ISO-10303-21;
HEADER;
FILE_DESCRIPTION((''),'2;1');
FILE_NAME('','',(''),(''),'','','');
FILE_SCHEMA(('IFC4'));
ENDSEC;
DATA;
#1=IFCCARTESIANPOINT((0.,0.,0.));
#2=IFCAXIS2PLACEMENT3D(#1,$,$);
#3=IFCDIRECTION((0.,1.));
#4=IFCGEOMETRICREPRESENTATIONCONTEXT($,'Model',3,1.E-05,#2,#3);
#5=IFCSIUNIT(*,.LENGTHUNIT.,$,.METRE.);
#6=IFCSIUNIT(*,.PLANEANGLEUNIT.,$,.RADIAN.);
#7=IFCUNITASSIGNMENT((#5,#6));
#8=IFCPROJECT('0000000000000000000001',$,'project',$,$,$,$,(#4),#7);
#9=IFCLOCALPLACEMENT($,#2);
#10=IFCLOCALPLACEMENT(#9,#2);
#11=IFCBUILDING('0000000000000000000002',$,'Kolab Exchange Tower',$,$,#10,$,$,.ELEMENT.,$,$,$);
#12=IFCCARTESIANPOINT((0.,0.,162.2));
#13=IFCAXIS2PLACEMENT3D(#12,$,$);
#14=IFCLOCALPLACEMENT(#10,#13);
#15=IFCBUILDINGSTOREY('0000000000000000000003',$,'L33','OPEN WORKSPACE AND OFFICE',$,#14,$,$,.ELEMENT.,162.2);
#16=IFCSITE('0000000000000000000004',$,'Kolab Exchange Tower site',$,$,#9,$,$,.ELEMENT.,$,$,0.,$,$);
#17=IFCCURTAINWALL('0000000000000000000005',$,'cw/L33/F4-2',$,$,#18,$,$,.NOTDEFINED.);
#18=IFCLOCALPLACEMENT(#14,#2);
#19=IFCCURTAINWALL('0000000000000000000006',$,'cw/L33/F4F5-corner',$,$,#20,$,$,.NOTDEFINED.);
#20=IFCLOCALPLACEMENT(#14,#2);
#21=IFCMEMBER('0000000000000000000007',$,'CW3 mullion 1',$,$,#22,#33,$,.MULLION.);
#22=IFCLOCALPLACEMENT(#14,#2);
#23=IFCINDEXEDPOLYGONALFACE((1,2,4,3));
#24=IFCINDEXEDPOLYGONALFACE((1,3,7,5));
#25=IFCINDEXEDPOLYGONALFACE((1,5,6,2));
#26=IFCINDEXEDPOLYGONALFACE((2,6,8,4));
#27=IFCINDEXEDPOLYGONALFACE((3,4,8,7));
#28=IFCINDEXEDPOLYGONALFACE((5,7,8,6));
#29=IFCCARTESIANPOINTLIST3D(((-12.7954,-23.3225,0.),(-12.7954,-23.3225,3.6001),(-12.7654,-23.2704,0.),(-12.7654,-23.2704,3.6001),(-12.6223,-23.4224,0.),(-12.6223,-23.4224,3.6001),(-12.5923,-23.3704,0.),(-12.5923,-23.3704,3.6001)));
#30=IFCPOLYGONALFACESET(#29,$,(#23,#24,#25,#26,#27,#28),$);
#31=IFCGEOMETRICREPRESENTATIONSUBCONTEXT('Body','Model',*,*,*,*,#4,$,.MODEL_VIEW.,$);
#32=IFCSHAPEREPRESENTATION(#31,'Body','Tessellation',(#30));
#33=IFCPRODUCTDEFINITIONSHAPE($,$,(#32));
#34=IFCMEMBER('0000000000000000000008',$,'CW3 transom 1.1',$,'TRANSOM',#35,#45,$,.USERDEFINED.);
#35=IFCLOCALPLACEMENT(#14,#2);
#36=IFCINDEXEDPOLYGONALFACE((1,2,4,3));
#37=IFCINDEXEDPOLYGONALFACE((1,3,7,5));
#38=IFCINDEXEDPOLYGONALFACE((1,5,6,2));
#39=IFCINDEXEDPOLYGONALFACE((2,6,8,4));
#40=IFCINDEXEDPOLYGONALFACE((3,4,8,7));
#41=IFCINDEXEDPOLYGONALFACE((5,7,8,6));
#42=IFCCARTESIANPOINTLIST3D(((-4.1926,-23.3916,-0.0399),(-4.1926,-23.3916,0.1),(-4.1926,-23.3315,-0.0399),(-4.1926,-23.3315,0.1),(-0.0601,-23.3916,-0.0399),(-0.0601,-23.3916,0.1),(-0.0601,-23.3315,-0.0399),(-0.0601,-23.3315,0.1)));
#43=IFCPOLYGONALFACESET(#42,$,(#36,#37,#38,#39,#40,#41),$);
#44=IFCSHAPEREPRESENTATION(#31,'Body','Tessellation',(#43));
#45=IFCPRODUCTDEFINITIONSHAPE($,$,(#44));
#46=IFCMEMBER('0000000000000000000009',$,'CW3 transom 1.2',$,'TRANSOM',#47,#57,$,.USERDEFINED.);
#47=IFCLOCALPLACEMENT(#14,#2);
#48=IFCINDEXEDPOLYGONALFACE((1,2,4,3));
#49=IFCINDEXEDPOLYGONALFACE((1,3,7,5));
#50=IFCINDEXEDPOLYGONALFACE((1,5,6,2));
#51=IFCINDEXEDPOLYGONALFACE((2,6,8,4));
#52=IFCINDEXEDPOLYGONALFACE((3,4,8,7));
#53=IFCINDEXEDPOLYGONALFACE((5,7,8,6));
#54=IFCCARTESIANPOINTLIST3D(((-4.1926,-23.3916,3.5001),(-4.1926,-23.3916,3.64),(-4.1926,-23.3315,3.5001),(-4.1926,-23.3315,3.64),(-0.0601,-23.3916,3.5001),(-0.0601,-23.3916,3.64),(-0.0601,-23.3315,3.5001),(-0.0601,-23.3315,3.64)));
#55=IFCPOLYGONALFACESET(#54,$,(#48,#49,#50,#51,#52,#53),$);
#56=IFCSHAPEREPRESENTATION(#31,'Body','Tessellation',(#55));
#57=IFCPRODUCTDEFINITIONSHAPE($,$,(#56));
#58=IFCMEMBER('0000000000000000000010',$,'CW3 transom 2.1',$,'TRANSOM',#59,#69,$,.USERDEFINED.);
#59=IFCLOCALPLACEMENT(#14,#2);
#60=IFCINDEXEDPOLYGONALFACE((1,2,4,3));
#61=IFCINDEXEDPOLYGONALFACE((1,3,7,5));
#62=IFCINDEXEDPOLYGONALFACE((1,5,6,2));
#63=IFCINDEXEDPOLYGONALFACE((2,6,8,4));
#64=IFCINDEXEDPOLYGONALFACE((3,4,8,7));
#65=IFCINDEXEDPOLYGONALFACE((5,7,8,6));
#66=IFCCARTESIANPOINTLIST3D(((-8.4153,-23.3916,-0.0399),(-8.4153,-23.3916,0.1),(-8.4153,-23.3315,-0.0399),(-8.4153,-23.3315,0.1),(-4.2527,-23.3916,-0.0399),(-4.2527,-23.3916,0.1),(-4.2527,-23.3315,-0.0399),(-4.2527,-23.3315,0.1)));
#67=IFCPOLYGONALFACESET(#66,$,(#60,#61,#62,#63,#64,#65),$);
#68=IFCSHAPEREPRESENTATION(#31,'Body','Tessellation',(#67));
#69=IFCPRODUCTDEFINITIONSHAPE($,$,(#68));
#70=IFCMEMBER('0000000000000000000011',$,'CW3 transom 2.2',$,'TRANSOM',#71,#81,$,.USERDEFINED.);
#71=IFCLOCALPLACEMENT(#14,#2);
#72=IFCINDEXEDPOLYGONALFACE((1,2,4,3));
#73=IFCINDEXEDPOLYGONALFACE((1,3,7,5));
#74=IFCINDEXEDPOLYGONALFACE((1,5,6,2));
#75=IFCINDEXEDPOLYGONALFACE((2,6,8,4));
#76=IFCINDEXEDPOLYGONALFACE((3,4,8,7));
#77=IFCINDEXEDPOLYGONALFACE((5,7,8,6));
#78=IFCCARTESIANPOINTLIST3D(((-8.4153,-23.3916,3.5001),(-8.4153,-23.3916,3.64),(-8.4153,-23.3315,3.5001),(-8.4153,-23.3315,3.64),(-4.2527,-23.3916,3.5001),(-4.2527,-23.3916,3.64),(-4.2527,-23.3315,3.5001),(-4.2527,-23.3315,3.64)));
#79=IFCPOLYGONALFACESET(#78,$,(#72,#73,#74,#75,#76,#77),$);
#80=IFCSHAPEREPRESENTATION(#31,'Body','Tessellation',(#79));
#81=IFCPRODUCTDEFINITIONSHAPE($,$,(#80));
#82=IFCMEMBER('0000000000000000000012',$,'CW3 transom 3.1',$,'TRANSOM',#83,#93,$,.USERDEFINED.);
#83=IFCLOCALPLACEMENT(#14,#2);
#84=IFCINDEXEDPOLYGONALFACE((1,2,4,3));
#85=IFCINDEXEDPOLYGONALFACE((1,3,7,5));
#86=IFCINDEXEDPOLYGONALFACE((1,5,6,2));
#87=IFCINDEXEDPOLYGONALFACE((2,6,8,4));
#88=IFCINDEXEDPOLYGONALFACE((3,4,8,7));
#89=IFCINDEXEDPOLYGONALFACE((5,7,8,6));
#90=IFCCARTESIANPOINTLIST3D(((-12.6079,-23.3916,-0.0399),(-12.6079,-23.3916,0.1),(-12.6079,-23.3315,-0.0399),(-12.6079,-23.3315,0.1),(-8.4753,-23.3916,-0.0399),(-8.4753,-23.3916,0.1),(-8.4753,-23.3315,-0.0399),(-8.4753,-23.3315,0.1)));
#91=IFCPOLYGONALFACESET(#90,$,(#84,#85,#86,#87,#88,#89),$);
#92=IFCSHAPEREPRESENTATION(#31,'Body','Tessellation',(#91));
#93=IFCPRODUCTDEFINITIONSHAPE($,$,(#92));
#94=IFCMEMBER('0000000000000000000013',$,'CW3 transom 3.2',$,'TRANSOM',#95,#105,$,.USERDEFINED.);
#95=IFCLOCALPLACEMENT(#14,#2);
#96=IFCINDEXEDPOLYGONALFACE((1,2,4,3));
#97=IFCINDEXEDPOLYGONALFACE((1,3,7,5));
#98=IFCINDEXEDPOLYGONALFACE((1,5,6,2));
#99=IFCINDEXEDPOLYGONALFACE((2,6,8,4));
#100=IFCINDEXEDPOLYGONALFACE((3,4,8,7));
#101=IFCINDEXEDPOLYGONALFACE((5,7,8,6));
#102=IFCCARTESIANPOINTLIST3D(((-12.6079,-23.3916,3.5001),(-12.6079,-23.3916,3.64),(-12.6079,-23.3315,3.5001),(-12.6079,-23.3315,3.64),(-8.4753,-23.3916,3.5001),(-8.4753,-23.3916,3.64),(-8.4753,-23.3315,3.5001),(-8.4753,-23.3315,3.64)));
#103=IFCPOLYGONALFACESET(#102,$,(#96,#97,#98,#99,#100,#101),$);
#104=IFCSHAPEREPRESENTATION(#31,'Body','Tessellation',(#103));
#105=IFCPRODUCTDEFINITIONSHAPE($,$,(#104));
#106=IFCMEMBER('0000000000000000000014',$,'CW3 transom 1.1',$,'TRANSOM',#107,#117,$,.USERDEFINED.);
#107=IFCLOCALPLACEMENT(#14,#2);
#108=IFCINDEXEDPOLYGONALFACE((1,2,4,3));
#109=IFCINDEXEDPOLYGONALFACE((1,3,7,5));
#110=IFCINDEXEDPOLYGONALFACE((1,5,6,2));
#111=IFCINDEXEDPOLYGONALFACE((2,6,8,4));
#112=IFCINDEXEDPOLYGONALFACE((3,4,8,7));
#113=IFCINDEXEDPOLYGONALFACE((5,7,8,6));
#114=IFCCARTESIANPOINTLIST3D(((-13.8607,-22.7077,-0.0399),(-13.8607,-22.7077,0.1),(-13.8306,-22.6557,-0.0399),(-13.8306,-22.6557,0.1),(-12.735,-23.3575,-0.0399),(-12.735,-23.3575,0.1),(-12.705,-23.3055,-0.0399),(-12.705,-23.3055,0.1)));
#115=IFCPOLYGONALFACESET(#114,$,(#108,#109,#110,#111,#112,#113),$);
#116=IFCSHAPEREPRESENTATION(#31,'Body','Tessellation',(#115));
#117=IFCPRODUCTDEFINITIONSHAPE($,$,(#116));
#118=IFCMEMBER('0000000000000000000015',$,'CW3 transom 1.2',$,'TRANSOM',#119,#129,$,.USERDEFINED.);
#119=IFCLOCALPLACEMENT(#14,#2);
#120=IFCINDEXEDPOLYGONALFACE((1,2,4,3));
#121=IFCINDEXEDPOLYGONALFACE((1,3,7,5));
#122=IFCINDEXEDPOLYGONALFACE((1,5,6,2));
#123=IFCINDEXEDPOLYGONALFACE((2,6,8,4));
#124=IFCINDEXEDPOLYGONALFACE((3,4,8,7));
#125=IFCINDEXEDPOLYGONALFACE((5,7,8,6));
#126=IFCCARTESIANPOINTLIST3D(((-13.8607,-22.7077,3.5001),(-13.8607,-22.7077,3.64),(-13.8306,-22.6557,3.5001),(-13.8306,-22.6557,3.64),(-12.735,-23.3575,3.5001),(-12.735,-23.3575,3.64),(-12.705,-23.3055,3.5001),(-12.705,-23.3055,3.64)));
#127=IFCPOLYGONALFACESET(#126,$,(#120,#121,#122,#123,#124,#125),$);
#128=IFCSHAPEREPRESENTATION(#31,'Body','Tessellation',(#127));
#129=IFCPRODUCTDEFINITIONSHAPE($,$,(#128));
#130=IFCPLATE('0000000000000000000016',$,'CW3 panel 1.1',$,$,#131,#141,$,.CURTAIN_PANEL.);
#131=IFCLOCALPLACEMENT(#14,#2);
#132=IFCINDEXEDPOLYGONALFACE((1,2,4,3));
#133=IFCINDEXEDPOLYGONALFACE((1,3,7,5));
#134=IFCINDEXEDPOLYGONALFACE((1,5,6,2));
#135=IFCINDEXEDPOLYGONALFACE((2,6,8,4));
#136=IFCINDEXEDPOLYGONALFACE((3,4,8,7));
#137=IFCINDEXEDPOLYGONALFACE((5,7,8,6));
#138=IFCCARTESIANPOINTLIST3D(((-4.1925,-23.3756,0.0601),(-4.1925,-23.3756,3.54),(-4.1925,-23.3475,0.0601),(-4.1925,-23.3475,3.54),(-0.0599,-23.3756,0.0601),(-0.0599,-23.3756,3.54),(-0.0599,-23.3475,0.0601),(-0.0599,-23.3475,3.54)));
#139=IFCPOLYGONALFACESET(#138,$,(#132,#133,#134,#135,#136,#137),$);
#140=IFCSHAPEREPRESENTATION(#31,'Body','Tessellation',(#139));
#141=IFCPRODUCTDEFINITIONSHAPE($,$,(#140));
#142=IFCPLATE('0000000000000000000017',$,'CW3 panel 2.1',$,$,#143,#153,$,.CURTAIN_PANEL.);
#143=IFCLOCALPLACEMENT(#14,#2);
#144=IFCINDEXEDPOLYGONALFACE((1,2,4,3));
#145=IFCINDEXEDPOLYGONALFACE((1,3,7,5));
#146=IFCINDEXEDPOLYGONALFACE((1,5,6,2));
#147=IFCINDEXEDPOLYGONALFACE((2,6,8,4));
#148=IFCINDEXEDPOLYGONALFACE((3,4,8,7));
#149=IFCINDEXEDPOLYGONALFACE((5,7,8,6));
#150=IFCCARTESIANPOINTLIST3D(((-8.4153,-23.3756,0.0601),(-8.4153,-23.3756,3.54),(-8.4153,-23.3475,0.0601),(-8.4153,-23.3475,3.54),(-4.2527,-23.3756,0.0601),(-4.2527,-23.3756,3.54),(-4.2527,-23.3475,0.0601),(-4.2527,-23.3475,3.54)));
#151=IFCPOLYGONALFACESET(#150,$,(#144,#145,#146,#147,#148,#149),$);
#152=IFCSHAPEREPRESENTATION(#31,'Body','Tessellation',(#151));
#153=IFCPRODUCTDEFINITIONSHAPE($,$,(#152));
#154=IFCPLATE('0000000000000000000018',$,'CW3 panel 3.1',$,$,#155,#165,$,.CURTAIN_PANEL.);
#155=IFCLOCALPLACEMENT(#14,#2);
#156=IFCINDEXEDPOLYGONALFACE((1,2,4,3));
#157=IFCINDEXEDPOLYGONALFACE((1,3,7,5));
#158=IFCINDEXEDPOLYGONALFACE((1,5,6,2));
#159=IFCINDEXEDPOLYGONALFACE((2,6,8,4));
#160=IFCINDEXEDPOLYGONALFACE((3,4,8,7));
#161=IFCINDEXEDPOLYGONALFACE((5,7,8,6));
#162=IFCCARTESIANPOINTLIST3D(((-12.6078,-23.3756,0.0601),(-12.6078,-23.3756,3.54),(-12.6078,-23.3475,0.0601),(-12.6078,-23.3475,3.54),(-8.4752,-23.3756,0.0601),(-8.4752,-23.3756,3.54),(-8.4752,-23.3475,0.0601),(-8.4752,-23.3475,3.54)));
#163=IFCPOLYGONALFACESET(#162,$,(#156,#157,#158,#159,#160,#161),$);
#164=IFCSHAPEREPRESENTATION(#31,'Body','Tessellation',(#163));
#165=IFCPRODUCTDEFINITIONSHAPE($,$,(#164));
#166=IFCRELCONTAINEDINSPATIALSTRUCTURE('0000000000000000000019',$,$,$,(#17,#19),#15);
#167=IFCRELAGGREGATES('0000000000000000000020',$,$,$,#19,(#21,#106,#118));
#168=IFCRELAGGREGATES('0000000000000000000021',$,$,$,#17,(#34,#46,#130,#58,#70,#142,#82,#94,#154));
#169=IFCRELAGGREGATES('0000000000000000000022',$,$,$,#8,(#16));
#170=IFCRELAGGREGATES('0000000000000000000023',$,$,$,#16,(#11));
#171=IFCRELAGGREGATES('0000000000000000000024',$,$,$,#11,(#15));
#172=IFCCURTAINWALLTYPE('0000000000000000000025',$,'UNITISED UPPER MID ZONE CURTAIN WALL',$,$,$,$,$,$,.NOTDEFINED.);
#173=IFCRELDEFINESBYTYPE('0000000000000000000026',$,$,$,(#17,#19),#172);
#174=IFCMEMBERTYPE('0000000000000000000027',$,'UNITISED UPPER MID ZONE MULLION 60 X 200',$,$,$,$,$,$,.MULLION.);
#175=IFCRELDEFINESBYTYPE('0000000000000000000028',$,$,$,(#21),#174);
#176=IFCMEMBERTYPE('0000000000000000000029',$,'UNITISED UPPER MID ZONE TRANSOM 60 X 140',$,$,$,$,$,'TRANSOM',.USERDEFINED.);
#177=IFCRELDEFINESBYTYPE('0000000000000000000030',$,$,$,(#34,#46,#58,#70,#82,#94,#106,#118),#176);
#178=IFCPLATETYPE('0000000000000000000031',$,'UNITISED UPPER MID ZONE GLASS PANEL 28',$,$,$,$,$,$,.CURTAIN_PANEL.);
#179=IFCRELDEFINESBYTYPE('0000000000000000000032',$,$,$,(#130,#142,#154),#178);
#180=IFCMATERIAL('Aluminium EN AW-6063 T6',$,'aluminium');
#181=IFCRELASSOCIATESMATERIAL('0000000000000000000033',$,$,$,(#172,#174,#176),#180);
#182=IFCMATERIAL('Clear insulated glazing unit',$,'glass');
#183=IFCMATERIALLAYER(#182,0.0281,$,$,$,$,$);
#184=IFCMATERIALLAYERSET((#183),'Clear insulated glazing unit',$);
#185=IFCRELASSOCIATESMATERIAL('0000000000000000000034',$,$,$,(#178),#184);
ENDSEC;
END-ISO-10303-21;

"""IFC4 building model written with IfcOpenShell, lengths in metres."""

from ifc_helpers import new_model, si_unit, direction, frame, origin, origin_2d, place, context, subcontext, project, spatial, rectangle, extrude, material, layer, layer_set, material_profile, profile_set, type_object, element, aggregate, save


model = new_model("IFC4")

# Units and contexts
model_context = context("Model", 3, precision=1e-05, world=origin(), true_north=direction((0.0, 1.0)))
body_context = subcontext(model_context, "Body", "Model", "MODEL_VIEW")
ifc_project = project(units=[si_unit("LENGTHUNIT", "METRE"), si_unit("PLANEANGLEUNIT", "RADIAN")], contexts=[model_context])

# Site, building, storey
site_placement = place(None, origin())
site = spatial("IfcSite", under=ifc_project, at=site_placement, Name="Kolab Exchange Tower site", CompositionType="ELEMENT", RefElevation=0.0)
building_placement = place(site_placement, origin())
building = spatial("IfcBuilding", under=site, at=building_placement, Name="Kolab Exchange Tower", CompositionType="ELEMENT")
storey_placement = place(building_placement, frame((0.0, 0.0, 162.2)))
storey = spatial("IfcBuildingStorey", under=building, at=storey_placement, Name="L33", Description="OPEN WORKSPACE AND OFFICE", CompositionType="ELEMENT", Elevation=162.2)

# Curtain wall
ifc_material_1 = material(Name="Aluminium EN AW-6063 T6", Category="aluminium")
curtain_wall_type = type_object("IfcCurtainWallType", Name="UNITISED UPPER MID ZONE CURTAIN WALL", PredefinedType="NOTDEFINED", material=ifc_material_1)
curtain_wall_1_placement = place(storey_placement, origin())
curtain_wall_1 = element("IfcCurtainWall", 1, at=curtain_wall_1_placement, inside=storey, type_object=curtain_wall_type, Name="cw/L33/F4-2", PredefinedType="NOTDEFINED")
ifc_material_profile_1 = material_profile(ifc_material_1, rectangle(XDim=0.0601, YDim=0.2, at=origin_2d()), Name="RECT 60X200")
ifc_profile_set_1 = profile_set([ifc_material_profile_1], Name="Aluminium EN AW-6063 T6")
member_type_1 = type_object("IfcMemberType", Name="UNITISED UPPER MID ZONE MULLION 60 X 200", PredefinedType="MULLION", material=ifc_profile_set_1)

# Curtain wall, member
curtain_wall_2_placement = place(storey_placement, origin())
curtain_wall_2 = element("IfcCurtainWall", 2, at=curtain_wall_2_placement, inside=storey, type_object=curtain_wall_type, Name="cw/L33/F4F5-corner", PredefinedType="NOTDEFINED")
member_1_placement = place(storey_placement, frame((-12.6938, -23.3464, 0.0), z_axis=(0.0, 0.0, 1.0), x_axis=(-0.5, -0.866025, 0.0)))
member_1 = element("IfcMember", 3, at=member_1_placement, type_object=member_type_1, Name="CW3 mullion 1", PredefinedType="MULLION", context=body_context, shape_type="SweptSolid", body=[
    extrude(rectangle(XDim=0.0601, YDim=0.2, at=origin_2d()), origin(), (0.0, 0.0, 1.0), 3.6001),
])

# Members
ifc_material_profile_2 = material_profile(ifc_material_1, rectangle(XDim=0.0601, YDim=0.1399, at=origin_2d()), Name="RECT 60X140")
ifc_profile_set_2 = profile_set([ifc_material_profile_2], Name="Aluminium EN AW-6063 T6")
member_type_2 = type_object("IfcMemberType", Name="UNITISED UPPER MID ZONE TRANSOM 60 X 140", ElementType="TRANSOM", PredefinedType="USERDEFINED", material=ifc_profile_set_2)
member_2_placement = place(storey_placement, frame((-0.0601, -23.3616, 0.03), z_axis=(-1.0, 0.0, 0.0), x_axis=(0.0, -1.0, 0.0)))
member_2 = element("IfcMember", 4, at=member_2_placement, type_object=member_type_2, Name="CW3 transom 1.1", ObjectType="TRANSOM", PredefinedType="USERDEFINED", context=body_context, shape_type="SweptSolid", body=[
    extrude(rectangle(XDim=0.0601, YDim=0.1399, at=origin_2d()), origin(), (0.0, 0.0, 1.0), 4.1326),
])
member_3_placement = place(storey_placement, frame((-0.0601, -23.3616, 3.5701), z_axis=(-1.0, 0.0, 0.0), x_axis=(0.0, -1.0, 0.0)))
member_3 = element("IfcMember", 5, at=member_3_placement, type_object=member_type_2, Name="CW3 transom 1.2", ObjectType="TRANSOM", PredefinedType="USERDEFINED", context=body_context, shape_type="SweptSolid", body=[
    extrude(rectangle(XDim=0.0601, YDim=0.1399, at=origin_2d()), origin(), (0.0, 0.0, 1.0), 4.1326),
])
member_4_placement = place(storey_placement, frame((-4.2527, -23.3616, 0.03), z_axis=(-1.0, 0.0, 0.0), x_axis=(0.0, -1.0, 0.0)))
member_4 = element("IfcMember", 6, at=member_4_placement, type_object=member_type_2, Name="CW3 transom 2.1", ObjectType="TRANSOM", PredefinedType="USERDEFINED", context=body_context, shape_type="SweptSolid", body=[
    extrude(rectangle(XDim=0.0601, YDim=0.1399, at=origin_2d()), origin(), (0.0, 0.0, 1.0), 4.1626),
])
member_5_placement = place(storey_placement, frame((-4.2527, -23.3616, 3.5701), z_axis=(-1.0, 0.0, 0.0), x_axis=(0.0, -1.0, 0.0)))
member_5 = element("IfcMember", 7, at=member_5_placement, type_object=member_type_2, Name="CW3 transom 2.2", ObjectType="TRANSOM", PredefinedType="USERDEFINED", context=body_context, shape_type="SweptSolid", body=[
    extrude(rectangle(XDim=0.0601, YDim=0.1399, at=origin_2d()), origin(), (0.0, 0.0, 1.0), 4.1626),
])
member_6_placement = place(storey_placement, frame((-8.4753, -23.3616, 0.03), z_axis=(-1.0, 0.0, 0.0), x_axis=(0.0, -1.0, 0.0)))
member_6 = element("IfcMember", 8, at=member_6_placement, type_object=member_type_2, Name="CW3 transom 3.1", ObjectType="TRANSOM", PredefinedType="USERDEFINED", context=body_context, shape_type="SweptSolid", body=[
    extrude(rectangle(XDim=0.0601, YDim=0.1399, at=origin_2d()), origin(), (0.0, 0.0, 1.0), 4.1326),
])
member_7_placement = place(storey_placement, frame((-8.4753, -23.3616, 3.5701), z_axis=(-1.0, 0.0, 0.0), x_axis=(0.0, -1.0, 0.0)))
member_7 = element("IfcMember", 9, at=member_7_placement, type_object=member_type_2, Name="CW3 transom 3.2", ObjectType="TRANSOM", PredefinedType="USERDEFINED", context=body_context, shape_type="SweptSolid", body=[
    extrude(rectangle(XDim=0.0601, YDim=0.1399, at=origin_2d()), origin(), (0.0, 0.0, 1.0), 4.1326),
])
member_8_placement = place(storey_placement, frame((-12.72, -23.3315, 0.03), z_axis=(-0.866039, 0.499977, 0.0), x_axis=(-0.499977, -0.866039, 0.0)))
member_8 = element("IfcMember", 10, at=member_8_placement, type_object=member_type_2, Name="CW3 transom 1.1", ObjectType="TRANSOM", PredefinedType="USERDEFINED", context=body_context, shape_type="SweptSolid", body=[
    extrude(rectangle(XDim=0.0601, YDim=0.1399, at=origin_2d()), origin(), (0.0, 0.0, 1.0), 1.2998),
])
member_9_placement = place(storey_placement, frame((-12.72, -23.3315, 3.5701), z_axis=(-0.866039, 0.499977, 0.0), x_axis=(-0.499977, -0.866039, 0.0)))
member_9 = element("IfcMember", 11, at=member_9_placement, type_object=member_type_2, Name="CW3 transom 1.2", ObjectType="TRANSOM", PredefinedType="USERDEFINED", context=body_context, shape_type="SweptSolid", body=[
    extrude(rectangle(XDim=0.0601, YDim=0.1399, at=origin_2d()), origin(), (0.0, 0.0, 1.0), 1.2998),
])
aggregate(curtain_wall_2, [member_1, member_8, member_9])

# Plates
ifc_material_2 = material(Name="Clear insulated glazing unit", Category="glass")
ifc_layer = layer(ifc_material_2, 0.0281)
ifc_layer_set = layer_set([ifc_layer], Name="Clear insulated glazing unit")
plate_type = type_object("IfcPlateType", Name="UNITISED UPPER MID ZONE GLASS PANEL 28", PredefinedType="CURTAIN_PANEL", material=ifc_layer_set)
plate_1_placement = place(storey_placement, frame((-2.1262, -23.3616, 0.0601), z_axis=(0.0, 0.0, 1.0), x_axis=(-1.0, 0.0, 0.0)))
plate_1 = element("IfcPlate", 12, at=plate_1_placement, type_object=plate_type, Name="CW3 panel 1.1", PredefinedType="CURTAIN_PANEL", context=body_context, shape_type="SweptSolid", body=[
    extrude(rectangle(XDim=4.1326, YDim=0.0281, at=origin_2d()), origin(), (0.0, 0.0, 1.0), 3.48),
])
plate_2_placement = place(storey_placement, frame((-6.334, -23.3616, 0.0601), z_axis=(0.0, 0.0, 1.0), x_axis=(-1.0, 0.0, 0.0)))
plate_2 = element("IfcPlate", 13, at=plate_2_placement, type_object=plate_type, Name="CW3 panel 2.1", PredefinedType="CURTAIN_PANEL", context=body_context, shape_type="SweptSolid", body=[
    extrude(rectangle(XDim=4.1626, YDim=0.0281, at=origin_2d()), origin(), (0.0, 0.0, 1.0), 3.48),
])
plate_3_placement = place(storey_placement, frame((-10.5415, -23.3616, 0.0601), z_axis=(0.0, 0.0, 1.0), x_axis=(-1.0, 0.0, 0.0)))
plate_3 = element("IfcPlate", 14, at=plate_3_placement, type_object=plate_type, Name="CW3 panel 3.1", PredefinedType="CURTAIN_PANEL", context=body_context, shape_type="SweptSolid", body=[
    extrude(rectangle(XDim=4.1326, YDim=0.0281, at=origin_2d()), origin(), (0.0, 0.0, 1.0), 3.48),
])
aggregate(curtain_wall_1, [member_2, member_3, plate_1, member_4, member_5, plate_2, member_6, member_7, plate_3])

save(model, "model.ifc")
